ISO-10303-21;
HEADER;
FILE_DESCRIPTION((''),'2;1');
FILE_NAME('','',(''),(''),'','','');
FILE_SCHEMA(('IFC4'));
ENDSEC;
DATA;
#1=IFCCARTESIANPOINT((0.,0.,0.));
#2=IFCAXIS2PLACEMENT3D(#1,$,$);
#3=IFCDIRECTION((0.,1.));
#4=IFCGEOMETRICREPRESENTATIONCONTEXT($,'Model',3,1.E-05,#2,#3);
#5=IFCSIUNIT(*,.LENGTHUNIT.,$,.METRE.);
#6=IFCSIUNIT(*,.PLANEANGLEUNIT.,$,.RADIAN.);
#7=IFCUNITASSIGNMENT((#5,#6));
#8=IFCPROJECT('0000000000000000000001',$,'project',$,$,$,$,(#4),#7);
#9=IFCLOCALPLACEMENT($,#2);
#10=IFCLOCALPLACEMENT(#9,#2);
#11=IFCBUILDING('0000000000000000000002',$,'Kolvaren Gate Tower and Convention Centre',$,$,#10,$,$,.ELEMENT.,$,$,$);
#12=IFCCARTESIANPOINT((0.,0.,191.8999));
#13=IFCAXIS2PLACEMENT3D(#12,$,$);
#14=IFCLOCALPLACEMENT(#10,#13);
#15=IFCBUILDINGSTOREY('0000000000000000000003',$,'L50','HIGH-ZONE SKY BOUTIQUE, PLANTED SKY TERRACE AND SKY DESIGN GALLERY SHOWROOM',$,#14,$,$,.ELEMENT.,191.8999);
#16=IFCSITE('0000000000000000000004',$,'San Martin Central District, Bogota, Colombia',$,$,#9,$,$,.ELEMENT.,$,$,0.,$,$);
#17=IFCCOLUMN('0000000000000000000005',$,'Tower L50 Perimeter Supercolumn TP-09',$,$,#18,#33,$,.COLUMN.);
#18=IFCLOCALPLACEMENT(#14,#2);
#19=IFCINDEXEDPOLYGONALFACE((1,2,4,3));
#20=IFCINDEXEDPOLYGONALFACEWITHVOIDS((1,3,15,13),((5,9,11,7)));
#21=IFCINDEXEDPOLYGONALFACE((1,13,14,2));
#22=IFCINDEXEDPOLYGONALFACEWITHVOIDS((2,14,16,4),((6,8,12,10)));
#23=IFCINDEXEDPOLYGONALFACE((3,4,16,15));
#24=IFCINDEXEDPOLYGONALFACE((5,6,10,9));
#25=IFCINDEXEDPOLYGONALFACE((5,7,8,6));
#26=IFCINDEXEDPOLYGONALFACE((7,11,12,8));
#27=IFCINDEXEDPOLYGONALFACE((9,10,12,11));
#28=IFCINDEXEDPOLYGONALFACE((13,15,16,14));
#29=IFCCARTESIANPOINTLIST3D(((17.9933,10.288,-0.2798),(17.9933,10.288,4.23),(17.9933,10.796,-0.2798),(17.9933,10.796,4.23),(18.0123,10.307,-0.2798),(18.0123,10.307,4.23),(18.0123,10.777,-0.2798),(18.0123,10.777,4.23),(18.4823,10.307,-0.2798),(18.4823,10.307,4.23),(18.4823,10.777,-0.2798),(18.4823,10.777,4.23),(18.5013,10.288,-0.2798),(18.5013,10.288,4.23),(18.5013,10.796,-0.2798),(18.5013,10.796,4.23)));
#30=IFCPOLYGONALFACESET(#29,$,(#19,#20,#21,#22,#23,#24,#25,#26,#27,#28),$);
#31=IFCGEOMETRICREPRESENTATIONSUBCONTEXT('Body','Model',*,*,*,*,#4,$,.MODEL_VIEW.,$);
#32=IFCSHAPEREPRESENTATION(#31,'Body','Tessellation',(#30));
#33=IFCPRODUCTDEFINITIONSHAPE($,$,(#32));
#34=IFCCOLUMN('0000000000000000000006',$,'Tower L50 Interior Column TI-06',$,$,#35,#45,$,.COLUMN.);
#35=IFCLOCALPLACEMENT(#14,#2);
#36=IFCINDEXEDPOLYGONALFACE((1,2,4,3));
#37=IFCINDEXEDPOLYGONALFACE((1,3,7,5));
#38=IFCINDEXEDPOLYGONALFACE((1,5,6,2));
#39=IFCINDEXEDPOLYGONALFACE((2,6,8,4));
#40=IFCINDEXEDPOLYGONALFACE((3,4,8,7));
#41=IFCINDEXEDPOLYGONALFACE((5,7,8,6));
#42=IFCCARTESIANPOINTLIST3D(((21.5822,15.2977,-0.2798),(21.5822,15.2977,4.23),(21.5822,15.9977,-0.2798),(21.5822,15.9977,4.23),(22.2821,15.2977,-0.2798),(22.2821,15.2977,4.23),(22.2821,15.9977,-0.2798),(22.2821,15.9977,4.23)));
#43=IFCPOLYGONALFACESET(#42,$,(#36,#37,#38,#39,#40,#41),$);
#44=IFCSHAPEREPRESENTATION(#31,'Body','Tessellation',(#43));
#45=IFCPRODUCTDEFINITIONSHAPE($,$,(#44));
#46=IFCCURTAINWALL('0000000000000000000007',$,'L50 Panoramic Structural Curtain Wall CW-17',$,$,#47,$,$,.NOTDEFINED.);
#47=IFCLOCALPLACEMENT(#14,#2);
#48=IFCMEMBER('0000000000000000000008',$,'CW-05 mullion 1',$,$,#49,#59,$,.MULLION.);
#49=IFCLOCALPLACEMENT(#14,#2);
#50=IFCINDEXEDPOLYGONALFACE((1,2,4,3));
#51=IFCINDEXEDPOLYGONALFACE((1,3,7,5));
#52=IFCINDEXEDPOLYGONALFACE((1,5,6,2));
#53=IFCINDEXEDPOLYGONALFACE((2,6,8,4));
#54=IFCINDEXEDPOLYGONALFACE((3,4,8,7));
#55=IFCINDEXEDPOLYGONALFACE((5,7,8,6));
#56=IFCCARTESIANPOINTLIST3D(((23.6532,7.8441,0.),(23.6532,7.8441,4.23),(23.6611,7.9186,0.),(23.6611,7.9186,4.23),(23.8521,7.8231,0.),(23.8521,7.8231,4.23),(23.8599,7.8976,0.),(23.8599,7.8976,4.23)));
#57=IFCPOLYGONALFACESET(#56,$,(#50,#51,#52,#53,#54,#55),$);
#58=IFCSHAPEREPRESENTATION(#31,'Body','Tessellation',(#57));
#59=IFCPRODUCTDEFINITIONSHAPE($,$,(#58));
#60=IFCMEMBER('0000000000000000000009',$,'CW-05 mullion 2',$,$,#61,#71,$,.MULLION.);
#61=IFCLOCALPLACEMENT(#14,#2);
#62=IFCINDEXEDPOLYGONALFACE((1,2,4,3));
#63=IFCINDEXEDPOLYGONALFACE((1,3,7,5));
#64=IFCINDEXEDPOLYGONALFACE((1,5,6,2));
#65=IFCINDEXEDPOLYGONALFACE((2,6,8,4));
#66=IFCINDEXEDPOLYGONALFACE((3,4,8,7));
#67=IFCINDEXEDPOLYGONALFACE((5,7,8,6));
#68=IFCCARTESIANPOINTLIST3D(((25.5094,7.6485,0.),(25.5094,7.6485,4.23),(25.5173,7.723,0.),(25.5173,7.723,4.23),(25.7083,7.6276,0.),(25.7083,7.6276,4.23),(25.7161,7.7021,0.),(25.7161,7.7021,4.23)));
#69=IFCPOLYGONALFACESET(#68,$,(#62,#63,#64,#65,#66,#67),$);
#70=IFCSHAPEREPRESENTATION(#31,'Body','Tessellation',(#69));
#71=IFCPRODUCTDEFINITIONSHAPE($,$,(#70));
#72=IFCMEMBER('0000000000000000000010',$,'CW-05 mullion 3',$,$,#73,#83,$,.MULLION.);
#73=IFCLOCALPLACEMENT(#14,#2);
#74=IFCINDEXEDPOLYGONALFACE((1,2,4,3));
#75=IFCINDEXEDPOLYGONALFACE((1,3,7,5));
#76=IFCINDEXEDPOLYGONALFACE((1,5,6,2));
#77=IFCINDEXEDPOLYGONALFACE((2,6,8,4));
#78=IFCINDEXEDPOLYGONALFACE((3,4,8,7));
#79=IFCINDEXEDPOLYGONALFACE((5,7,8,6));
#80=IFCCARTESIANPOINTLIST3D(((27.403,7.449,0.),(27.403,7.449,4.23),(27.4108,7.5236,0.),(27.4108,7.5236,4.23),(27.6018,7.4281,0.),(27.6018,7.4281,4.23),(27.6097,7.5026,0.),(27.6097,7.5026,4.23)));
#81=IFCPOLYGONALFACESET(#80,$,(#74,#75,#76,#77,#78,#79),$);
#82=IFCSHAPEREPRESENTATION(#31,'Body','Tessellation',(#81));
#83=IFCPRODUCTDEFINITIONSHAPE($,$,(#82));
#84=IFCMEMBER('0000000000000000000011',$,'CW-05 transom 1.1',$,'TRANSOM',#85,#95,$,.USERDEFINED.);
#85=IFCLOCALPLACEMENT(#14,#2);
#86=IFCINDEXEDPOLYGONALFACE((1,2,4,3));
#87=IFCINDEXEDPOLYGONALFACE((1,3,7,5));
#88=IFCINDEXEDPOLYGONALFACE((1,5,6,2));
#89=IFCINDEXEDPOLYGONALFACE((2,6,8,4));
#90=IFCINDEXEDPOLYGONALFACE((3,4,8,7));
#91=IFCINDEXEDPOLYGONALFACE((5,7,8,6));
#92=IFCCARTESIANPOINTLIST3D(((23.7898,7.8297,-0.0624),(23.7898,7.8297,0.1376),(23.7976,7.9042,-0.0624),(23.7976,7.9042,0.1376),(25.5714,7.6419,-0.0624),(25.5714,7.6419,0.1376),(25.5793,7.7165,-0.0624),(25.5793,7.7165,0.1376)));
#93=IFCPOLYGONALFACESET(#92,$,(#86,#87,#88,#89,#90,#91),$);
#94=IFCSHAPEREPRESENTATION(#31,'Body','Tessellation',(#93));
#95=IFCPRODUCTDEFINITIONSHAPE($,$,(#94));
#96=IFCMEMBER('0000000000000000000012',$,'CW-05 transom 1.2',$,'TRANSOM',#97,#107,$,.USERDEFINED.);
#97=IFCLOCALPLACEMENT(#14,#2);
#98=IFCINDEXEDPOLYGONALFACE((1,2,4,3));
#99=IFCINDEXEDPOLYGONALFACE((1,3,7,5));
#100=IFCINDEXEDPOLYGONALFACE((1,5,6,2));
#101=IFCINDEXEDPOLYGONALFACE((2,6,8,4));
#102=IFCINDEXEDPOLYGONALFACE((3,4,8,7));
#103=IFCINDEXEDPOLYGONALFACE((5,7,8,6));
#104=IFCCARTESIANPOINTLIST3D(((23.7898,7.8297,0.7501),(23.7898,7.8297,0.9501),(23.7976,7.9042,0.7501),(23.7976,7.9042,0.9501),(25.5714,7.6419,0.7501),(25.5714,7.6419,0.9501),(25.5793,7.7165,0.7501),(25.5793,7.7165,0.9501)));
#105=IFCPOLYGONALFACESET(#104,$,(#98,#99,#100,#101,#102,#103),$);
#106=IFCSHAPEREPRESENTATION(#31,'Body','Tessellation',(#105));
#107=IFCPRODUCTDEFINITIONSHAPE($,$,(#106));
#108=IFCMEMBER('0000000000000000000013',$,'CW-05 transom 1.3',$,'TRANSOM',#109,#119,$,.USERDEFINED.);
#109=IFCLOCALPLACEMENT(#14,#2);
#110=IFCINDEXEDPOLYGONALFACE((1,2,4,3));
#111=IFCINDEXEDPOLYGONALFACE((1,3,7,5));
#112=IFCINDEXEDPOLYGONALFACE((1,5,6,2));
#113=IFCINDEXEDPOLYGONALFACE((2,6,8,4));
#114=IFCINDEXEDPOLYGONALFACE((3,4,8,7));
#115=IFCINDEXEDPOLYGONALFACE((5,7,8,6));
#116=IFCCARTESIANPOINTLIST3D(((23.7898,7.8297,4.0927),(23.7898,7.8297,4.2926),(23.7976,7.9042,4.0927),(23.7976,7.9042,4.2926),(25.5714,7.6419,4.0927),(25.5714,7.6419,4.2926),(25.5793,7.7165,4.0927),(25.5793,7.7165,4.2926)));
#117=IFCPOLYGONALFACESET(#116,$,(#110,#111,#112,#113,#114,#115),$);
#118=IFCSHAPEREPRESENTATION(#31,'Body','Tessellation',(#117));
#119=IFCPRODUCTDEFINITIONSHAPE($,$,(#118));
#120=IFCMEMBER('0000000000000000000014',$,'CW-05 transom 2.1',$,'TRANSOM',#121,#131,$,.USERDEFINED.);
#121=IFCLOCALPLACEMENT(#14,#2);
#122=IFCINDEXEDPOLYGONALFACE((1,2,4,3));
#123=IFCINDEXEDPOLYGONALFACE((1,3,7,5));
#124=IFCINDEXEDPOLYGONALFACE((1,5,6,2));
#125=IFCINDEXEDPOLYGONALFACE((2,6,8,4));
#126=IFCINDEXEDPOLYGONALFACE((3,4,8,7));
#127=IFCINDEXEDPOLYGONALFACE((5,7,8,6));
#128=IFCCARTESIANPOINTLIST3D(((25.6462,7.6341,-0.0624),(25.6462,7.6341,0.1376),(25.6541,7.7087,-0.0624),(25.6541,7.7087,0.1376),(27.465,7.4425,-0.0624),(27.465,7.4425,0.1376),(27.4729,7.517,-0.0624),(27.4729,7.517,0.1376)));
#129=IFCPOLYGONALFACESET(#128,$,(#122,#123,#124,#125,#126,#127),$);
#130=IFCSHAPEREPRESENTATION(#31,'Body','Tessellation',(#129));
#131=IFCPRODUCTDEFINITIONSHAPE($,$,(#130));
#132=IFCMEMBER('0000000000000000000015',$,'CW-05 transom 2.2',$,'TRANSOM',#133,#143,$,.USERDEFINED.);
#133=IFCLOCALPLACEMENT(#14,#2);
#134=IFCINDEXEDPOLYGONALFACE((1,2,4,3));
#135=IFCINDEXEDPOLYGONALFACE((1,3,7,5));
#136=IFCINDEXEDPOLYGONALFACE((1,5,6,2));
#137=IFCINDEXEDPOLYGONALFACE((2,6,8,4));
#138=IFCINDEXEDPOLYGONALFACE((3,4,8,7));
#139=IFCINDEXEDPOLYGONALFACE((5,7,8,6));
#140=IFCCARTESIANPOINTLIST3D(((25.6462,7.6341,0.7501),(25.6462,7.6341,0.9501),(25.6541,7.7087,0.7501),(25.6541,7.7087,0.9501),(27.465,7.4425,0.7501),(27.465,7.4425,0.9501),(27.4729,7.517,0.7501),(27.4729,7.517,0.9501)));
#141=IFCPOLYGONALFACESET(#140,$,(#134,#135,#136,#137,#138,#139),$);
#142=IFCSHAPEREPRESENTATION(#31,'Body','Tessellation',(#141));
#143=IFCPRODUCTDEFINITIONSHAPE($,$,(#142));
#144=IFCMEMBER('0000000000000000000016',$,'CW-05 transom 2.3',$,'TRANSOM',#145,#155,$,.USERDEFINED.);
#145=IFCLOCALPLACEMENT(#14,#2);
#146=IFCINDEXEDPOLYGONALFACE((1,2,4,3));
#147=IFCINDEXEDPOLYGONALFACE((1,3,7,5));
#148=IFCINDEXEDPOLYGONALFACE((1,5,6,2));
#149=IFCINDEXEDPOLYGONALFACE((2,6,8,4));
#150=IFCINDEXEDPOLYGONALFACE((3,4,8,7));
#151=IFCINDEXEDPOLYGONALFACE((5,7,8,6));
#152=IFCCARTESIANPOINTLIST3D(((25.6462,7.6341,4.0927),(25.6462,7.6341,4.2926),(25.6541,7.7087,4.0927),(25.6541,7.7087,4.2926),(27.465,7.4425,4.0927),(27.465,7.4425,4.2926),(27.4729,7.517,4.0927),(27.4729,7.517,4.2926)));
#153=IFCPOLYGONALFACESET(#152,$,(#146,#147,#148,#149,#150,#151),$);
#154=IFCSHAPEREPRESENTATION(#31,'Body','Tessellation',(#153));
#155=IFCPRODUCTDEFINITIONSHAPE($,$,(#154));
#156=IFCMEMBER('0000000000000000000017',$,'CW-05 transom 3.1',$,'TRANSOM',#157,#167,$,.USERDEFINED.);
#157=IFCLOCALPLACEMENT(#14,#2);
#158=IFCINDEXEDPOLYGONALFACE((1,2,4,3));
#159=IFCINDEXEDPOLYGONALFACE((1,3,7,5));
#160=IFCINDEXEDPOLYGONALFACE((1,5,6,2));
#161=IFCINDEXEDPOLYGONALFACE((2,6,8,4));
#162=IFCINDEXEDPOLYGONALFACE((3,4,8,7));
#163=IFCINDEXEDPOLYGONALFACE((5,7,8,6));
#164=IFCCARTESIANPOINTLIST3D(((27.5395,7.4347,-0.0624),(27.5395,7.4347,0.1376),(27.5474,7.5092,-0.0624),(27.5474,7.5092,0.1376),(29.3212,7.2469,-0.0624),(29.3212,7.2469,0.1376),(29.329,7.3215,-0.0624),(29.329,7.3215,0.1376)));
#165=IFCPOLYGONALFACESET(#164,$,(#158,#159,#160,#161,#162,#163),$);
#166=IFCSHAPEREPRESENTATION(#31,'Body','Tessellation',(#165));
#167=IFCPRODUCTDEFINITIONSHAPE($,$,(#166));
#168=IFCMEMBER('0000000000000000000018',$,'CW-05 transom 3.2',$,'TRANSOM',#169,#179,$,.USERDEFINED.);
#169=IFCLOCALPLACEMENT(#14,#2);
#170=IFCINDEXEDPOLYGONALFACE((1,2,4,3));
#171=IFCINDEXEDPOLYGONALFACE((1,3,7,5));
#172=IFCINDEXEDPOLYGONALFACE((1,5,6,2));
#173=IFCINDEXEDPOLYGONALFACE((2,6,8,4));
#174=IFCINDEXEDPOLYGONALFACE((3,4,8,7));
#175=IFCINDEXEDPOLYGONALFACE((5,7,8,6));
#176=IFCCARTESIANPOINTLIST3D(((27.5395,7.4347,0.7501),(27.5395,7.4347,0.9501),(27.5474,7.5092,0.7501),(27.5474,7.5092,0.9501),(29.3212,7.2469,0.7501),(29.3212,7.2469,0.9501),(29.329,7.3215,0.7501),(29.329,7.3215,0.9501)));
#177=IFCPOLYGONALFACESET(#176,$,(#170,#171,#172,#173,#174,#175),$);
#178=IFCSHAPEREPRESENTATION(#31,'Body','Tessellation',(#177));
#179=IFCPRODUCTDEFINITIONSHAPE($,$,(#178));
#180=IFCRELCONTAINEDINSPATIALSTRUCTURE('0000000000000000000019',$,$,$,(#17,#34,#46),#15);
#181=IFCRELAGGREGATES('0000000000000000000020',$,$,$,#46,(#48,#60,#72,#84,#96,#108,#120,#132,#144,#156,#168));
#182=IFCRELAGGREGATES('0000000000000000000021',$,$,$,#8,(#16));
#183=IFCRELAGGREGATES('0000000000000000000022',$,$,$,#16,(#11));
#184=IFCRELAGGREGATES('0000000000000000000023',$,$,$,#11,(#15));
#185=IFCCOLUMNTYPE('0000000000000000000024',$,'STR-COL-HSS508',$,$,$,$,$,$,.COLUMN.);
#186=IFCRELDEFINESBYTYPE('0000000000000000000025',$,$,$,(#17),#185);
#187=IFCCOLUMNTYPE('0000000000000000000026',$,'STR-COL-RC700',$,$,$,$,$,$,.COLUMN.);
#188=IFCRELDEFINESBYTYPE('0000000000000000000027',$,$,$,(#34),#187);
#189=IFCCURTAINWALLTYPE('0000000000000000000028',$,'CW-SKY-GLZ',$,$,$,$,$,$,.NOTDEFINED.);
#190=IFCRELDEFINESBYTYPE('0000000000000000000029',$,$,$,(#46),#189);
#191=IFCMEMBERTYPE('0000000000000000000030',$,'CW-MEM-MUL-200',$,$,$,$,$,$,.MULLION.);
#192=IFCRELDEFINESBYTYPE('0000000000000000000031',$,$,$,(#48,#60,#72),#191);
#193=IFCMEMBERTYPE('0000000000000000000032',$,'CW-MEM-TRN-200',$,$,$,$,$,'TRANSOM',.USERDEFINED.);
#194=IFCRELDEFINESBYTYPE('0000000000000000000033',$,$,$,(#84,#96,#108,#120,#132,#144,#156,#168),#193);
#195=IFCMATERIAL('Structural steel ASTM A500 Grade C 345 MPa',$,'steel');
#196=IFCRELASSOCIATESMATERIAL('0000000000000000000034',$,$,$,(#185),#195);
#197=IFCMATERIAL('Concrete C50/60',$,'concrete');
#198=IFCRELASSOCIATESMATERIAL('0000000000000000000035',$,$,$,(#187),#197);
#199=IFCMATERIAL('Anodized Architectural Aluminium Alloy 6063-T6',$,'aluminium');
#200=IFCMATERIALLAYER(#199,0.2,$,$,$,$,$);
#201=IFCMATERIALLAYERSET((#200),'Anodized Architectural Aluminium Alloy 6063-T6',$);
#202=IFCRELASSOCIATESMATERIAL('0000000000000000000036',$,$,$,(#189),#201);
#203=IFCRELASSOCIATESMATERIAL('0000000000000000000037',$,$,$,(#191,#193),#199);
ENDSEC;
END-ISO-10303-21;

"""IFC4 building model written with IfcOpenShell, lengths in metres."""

from ifc_helpers import new_model, si_unit, direction, frame, origin, origin_2d, place, context, subcontext, project, spatial, rectangle, hollow_rectangle, extrude, material, layer, layer_set, material_profile, profile_set, type_object, element, aggregate, save


model = new_model("IFC4")

# Units and contexts
model_context = context("Model", 3, precision=1e-05, world=origin(), true_north=direction((0.0, 1.0)))
body_context = subcontext(model_context, "Body", "Model", "MODEL_VIEW")
ifc_project = project(units=[si_unit("LENGTHUNIT", "METRE"), si_unit("PLANEANGLEUNIT", "RADIAN")], contexts=[model_context])

# Site, building, storey
site_placement = place(None, origin())
site = spatial("IfcSite", under=ifc_project, at=site_placement, Name="San Martin Central District, Bogota, Colombia", CompositionType="ELEMENT", RefElevation=0.0)
building_placement = place(site_placement, origin())
building = spatial("IfcBuilding", under=site, at=building_placement, Name="Kolvaren Gate Tower and Convention Centre", CompositionType="ELEMENT")
storey_placement = place(building_placement, frame((0.0, 0.0, 191.8999)))
storey = spatial("IfcBuildingStorey", under=building, at=storey_placement, Name="L50", Description="HIGH-ZONE SKY BOUTIQUE, PLANTED SKY TERRACE AND SKY DESIGN GALLERY SHOWROOM", CompositionType="ELEMENT", Elevation=191.8999)

# Columns
ifc_material_1 = material(Name="Structural steel ASTM A500 Grade C 345 MPa", Category="steel")
ifc_material_profile_1 = material_profile(ifc_material_1, hollow_rectangle(XDim=0.5081, YDim=0.5081, WallThickness=0.019, at=origin_2d()), Name="HSS508X508X19.1")
ifc_profile_set_1 = profile_set([ifc_material_profile_1], Name="Structural steel ASTM A500 Grade C 345 MPa")
column_type_1 = type_object("IfcColumnType", Name="STR-COL-HSS508", PredefinedType="COLUMN", material=ifc_profile_set_1)
column_1_placement = place(storey_placement, frame((18.2473, 10.542, -0.2798), z_axis=(0.0, 0.0, 1.0), x_axis=(1.0, 0.0, 0.0)))
element("IfcColumn", 1, at=column_1_placement, inside=storey, type_object=column_type_1, Name="Tower L50 Perimeter Supercolumn TP-09", PredefinedType="COLUMN", context=body_context, shape_type="SweptSolid", body=[
    extrude(hollow_rectangle(XDim=0.5081, YDim=0.5081, WallThickness=0.019, at=origin_2d()), origin(), (0.0, 0.0, 1.0), 4.5098),
])
ifc_material_2 = material(Name="Concrete C50/60", Category="concrete")
ifc_material_profile_2 = material_profile(ifc_material_2, rectangle(XDim=0.7, YDim=0.7, at=origin_2d()), Name="RC-COL-700X700")
ifc_profile_set_2 = profile_set([ifc_material_profile_2], Name="Concrete C50/60")
column_type_2 = type_object("IfcColumnType", Name="STR-COL-RC700", PredefinedType="COLUMN", material=ifc_profile_set_2)
column_2_placement = place(storey_placement, frame((21.9321, 15.6477, -0.2798), z_axis=(0.0, 0.0, 1.0), x_axis=(1.0, 0.0, 0.0)))
element("IfcColumn", 2, at=column_2_placement, inside=storey, type_object=column_type_2, Name="Tower L50 Interior Column TI-06", PredefinedType="COLUMN", context=body_context, shape_type="SweptSolid", body=[
    extrude(rectangle(XDim=0.7, YDim=0.7, at=origin_2d()), origin(), (0.0, 0.0, 1.0), 4.5098),
])

# Curtain wall, members
ifc_material_3 = material(Name="Anodized Architectural Aluminium Alloy 6063-T6", Category="aluminium")
ifc_layer_1 = layer(ifc_material_3, 0.2)
ifc_layer_set_1 = layer_set([ifc_layer_1], Name="Anodized Architectural Aluminium Alloy 6063-T6")
curtain_wall_type = type_object("IfcCurtainWallType", Name="CW-SKY-GLZ", PredefinedType="NOTDEFINED", material=ifc_layer_set_1)
curtain_wall_placement = place(storey_placement, origin())
curtain_wall = element("IfcCurtainWall", 3, at=curtain_wall_placement, inside=storey, type_object=curtain_wall_type, Name="L50 Panoramic Structural Curtain Wall CW-17", PredefinedType="NOTDEFINED")
ifc_material_profile_3 = material_profile(ifc_material_3, rectangle(XDim=0.075, YDim=0.2, at=origin_2d()), Name="CW-MEM-MUL-200")
ifc_profile_set_3 = profile_set([ifc_material_profile_3], Name="Anodized Architectural Aluminium Alloy 6063-T6")
member_type_1 = type_object("IfcMemberType", Name="CW-MEM-MUL-200", PredefinedType="MULLION", material=ifc_profile_set_3)
member_1_placement = place(storey_placement, frame((23.7566, 7.8708, 0.0), z_axis=(0.0, 0.0, 1.0), x_axis=(0.104744, 0.994499, 0.0)))
member_1 = element("IfcMember", 4, at=member_1_placement, type_object=member_type_1, Name="CW-05 mullion 1", PredefinedType="MULLION", context=body_context, shape_type="SweptSolid", body=[
    extrude(rectangle(XDim=0.075, YDim=0.2, at=origin_2d()), origin(), (0.0, 0.0, 1.0), 4.23),
])
member_2_placement = place(storey_placement, frame((25.6128, 7.6753, 0.0), z_axis=(0.0, 0.0, 1.0), x_axis=(0.104744, 0.994499, 0.0)))
member_2 = element("IfcMember", 5, at=member_2_placement, type_object=member_type_1, Name="CW-05 mullion 2", PredefinedType="MULLION", context=body_context, shape_type="SweptSolid", body=[
    extrude(rectangle(XDim=0.075, YDim=0.2, at=origin_2d()), origin(), (0.0, 0.0, 1.0), 4.23),
])
member_3_placement = place(storey_placement, frame((27.5063, 7.4758, 0.0), z_axis=(0.0, 0.0, 1.0), x_axis=(0.104744, 0.994499, 0.0)))
member_3 = element("IfcMember", 6, at=member_3_placement, type_object=member_type_1, Name="CW-05 mullion 3", PredefinedType="MULLION", context=body_context, shape_type="SweptSolid", body=[
    extrude(rectangle(XDim=0.075, YDim=0.2, at=origin_2d()), origin(), (0.0, 0.0, 1.0), 4.23),
])
ifc_material_profile_4 = material_profile(ifc_material_3, rectangle(XDim=0.075, YDim=0.2, at=origin_2d()), Name="CW-MEM-TRN-200")
ifc_profile_set_4 = profile_set([ifc_material_profile_4], Name="Anodized Architectural Aluminium Alloy 6063-T6")
member_type_2 = type_object("IfcMemberType", Name="CW-MEM-TRN-200", ElementType="TRANSOM", PredefinedType="USERDEFINED", material=ifc_profile_set_4)
member_4_placement = place(storey_placement, frame((23.7937, 7.8669, 0.0376), z_axis=(0.994494, -0.104791, 0.0), x_axis=(0.104791, 0.994494, 0.0)))
member_4 = element("IfcMember", 7, at=member_4_placement, type_object=member_type_2, Name="CW-05 transom 1.1", ObjectType="TRANSOM", PredefinedType="USERDEFINED", context=body_context, shape_type="SweptSolid", body=[
    extrude(rectangle(XDim=0.075, YDim=0.2, at=origin_2d()), origin(), (0.0, 0.0, 1.0), 1.7915),
])
member_5_placement = place(storey_placement, frame((23.7937, 7.8669, 0.8501), z_axis=(0.994494, -0.104791, 0.0), x_axis=(0.104791, 0.994494, 0.0)))
member_5 = element("IfcMember", 8, at=member_5_placement, type_object=member_type_2, Name="CW-05 transom 1.2", ObjectType="TRANSOM", PredefinedType="USERDEFINED", context=body_context, shape_type="SweptSolid", body=[
    extrude(rectangle(XDim=0.075, YDim=0.2, at=origin_2d()), origin(), (0.0, 0.0, 1.0), 1.7915),
])
member_6_placement = place(storey_placement, frame((23.7937, 7.8669, 4.1926), z_axis=(0.994494, -0.104791, 0.0), x_axis=(0.104791, 0.994494, 0.0)))
member_6 = element("IfcMember", 9, at=member_6_placement, type_object=member_type_2, Name="CW-05 transom 1.3", ObjectType="TRANSOM", PredefinedType="USERDEFINED", context=body_context, shape_type="SweptSolid", body=[
    extrude(rectangle(XDim=0.075, YDim=0.2, at=origin_2d()), origin(), (0.0, 0.0, 1.0), 1.7915),
])
member_7_placement = place(storey_placement, frame((25.6501, 7.6714, 0.0376), z_axis=(0.994494, -0.104789, 0.0), x_axis=(0.104789, 0.994494, 0.0)))
member_7 = element("IfcMember", 10, at=member_7_placement, type_object=member_type_2, Name="CW-05 transom 2.1", ObjectType="TRANSOM", PredefinedType="USERDEFINED", context=body_context, shape_type="SweptSolid", body=[
    extrude(rectangle(XDim=0.075, YDim=0.2, at=origin_2d()), origin(), (0.0, 0.0, 1.0), 1.8289),
])
member_8_placement = place(storey_placement, frame((25.6501, 7.6714, 0.8501), z_axis=(0.994494, -0.104789, 0.0), x_axis=(0.104789, 0.994494, 0.0)))
member_8 = element("IfcMember", 11, at=member_8_placement, type_object=member_type_2, Name="CW-05 transom 2.2", ObjectType="TRANSOM", PredefinedType="USERDEFINED", context=body_context, shape_type="SweptSolid", body=[
    extrude(rectangle(XDim=0.075, YDim=0.2, at=origin_2d()), origin(), (0.0, 0.0, 1.0), 1.8289),
])
member_9_placement = place(storey_placement, frame((25.6501, 7.6714, 4.1926), z_axis=(0.994494, -0.104789, 0.0), x_axis=(0.104789, 0.994494, 0.0)))
member_9 = element("IfcMember", 12, at=member_9_placement, type_object=member_type_2, Name="CW-05 transom 2.3", ObjectType="TRANSOM", PredefinedType="USERDEFINED", context=body_context, shape_type="SweptSolid", body=[
    extrude(rectangle(XDim=0.075, YDim=0.2, at=origin_2d()), origin(), (0.0, 0.0, 1.0), 1.8289),
])
member_10_placement = place(storey_placement, frame((27.5435, 7.4719, 0.0376), z_axis=(0.994494, -0.104791, 0.0), x_axis=(0.104791, 0.994494, 0.0)))
member_10 = element("IfcMember", 13, at=member_10_placement, type_object=member_type_2, Name="CW-05 transom 3.1", ObjectType="TRANSOM", PredefinedType="USERDEFINED", context=body_context, shape_type="SweptSolid", body=[
    extrude(rectangle(XDim=0.075, YDim=0.2, at=origin_2d()), origin(), (0.0, 0.0, 1.0), 1.7915),
])
member_11_placement = place(storey_placement, frame((27.5435, 7.4719, 0.8501), z_axis=(0.994494, -0.104791, 0.0), x_axis=(0.104791, 0.994494, 0.0)))
member_11 = element("IfcMember", 14, at=member_11_placement, type_object=member_type_2, Name="CW-05 transom 3.2", ObjectType="TRANSOM", PredefinedType="USERDEFINED", context=body_context, shape_type="SweptSolid", body=[
    extrude(rectangle(XDim=0.075, YDim=0.2, at=origin_2d()), origin(), (0.0, 0.0, 1.0), 1.7915),
])

aggregate(curtain_wall, [member_1, member_2, member_3, member_4, member_5, member_6, member_7, member_8, member_9, member_10, member_11])

save(model, "model.ifc")
